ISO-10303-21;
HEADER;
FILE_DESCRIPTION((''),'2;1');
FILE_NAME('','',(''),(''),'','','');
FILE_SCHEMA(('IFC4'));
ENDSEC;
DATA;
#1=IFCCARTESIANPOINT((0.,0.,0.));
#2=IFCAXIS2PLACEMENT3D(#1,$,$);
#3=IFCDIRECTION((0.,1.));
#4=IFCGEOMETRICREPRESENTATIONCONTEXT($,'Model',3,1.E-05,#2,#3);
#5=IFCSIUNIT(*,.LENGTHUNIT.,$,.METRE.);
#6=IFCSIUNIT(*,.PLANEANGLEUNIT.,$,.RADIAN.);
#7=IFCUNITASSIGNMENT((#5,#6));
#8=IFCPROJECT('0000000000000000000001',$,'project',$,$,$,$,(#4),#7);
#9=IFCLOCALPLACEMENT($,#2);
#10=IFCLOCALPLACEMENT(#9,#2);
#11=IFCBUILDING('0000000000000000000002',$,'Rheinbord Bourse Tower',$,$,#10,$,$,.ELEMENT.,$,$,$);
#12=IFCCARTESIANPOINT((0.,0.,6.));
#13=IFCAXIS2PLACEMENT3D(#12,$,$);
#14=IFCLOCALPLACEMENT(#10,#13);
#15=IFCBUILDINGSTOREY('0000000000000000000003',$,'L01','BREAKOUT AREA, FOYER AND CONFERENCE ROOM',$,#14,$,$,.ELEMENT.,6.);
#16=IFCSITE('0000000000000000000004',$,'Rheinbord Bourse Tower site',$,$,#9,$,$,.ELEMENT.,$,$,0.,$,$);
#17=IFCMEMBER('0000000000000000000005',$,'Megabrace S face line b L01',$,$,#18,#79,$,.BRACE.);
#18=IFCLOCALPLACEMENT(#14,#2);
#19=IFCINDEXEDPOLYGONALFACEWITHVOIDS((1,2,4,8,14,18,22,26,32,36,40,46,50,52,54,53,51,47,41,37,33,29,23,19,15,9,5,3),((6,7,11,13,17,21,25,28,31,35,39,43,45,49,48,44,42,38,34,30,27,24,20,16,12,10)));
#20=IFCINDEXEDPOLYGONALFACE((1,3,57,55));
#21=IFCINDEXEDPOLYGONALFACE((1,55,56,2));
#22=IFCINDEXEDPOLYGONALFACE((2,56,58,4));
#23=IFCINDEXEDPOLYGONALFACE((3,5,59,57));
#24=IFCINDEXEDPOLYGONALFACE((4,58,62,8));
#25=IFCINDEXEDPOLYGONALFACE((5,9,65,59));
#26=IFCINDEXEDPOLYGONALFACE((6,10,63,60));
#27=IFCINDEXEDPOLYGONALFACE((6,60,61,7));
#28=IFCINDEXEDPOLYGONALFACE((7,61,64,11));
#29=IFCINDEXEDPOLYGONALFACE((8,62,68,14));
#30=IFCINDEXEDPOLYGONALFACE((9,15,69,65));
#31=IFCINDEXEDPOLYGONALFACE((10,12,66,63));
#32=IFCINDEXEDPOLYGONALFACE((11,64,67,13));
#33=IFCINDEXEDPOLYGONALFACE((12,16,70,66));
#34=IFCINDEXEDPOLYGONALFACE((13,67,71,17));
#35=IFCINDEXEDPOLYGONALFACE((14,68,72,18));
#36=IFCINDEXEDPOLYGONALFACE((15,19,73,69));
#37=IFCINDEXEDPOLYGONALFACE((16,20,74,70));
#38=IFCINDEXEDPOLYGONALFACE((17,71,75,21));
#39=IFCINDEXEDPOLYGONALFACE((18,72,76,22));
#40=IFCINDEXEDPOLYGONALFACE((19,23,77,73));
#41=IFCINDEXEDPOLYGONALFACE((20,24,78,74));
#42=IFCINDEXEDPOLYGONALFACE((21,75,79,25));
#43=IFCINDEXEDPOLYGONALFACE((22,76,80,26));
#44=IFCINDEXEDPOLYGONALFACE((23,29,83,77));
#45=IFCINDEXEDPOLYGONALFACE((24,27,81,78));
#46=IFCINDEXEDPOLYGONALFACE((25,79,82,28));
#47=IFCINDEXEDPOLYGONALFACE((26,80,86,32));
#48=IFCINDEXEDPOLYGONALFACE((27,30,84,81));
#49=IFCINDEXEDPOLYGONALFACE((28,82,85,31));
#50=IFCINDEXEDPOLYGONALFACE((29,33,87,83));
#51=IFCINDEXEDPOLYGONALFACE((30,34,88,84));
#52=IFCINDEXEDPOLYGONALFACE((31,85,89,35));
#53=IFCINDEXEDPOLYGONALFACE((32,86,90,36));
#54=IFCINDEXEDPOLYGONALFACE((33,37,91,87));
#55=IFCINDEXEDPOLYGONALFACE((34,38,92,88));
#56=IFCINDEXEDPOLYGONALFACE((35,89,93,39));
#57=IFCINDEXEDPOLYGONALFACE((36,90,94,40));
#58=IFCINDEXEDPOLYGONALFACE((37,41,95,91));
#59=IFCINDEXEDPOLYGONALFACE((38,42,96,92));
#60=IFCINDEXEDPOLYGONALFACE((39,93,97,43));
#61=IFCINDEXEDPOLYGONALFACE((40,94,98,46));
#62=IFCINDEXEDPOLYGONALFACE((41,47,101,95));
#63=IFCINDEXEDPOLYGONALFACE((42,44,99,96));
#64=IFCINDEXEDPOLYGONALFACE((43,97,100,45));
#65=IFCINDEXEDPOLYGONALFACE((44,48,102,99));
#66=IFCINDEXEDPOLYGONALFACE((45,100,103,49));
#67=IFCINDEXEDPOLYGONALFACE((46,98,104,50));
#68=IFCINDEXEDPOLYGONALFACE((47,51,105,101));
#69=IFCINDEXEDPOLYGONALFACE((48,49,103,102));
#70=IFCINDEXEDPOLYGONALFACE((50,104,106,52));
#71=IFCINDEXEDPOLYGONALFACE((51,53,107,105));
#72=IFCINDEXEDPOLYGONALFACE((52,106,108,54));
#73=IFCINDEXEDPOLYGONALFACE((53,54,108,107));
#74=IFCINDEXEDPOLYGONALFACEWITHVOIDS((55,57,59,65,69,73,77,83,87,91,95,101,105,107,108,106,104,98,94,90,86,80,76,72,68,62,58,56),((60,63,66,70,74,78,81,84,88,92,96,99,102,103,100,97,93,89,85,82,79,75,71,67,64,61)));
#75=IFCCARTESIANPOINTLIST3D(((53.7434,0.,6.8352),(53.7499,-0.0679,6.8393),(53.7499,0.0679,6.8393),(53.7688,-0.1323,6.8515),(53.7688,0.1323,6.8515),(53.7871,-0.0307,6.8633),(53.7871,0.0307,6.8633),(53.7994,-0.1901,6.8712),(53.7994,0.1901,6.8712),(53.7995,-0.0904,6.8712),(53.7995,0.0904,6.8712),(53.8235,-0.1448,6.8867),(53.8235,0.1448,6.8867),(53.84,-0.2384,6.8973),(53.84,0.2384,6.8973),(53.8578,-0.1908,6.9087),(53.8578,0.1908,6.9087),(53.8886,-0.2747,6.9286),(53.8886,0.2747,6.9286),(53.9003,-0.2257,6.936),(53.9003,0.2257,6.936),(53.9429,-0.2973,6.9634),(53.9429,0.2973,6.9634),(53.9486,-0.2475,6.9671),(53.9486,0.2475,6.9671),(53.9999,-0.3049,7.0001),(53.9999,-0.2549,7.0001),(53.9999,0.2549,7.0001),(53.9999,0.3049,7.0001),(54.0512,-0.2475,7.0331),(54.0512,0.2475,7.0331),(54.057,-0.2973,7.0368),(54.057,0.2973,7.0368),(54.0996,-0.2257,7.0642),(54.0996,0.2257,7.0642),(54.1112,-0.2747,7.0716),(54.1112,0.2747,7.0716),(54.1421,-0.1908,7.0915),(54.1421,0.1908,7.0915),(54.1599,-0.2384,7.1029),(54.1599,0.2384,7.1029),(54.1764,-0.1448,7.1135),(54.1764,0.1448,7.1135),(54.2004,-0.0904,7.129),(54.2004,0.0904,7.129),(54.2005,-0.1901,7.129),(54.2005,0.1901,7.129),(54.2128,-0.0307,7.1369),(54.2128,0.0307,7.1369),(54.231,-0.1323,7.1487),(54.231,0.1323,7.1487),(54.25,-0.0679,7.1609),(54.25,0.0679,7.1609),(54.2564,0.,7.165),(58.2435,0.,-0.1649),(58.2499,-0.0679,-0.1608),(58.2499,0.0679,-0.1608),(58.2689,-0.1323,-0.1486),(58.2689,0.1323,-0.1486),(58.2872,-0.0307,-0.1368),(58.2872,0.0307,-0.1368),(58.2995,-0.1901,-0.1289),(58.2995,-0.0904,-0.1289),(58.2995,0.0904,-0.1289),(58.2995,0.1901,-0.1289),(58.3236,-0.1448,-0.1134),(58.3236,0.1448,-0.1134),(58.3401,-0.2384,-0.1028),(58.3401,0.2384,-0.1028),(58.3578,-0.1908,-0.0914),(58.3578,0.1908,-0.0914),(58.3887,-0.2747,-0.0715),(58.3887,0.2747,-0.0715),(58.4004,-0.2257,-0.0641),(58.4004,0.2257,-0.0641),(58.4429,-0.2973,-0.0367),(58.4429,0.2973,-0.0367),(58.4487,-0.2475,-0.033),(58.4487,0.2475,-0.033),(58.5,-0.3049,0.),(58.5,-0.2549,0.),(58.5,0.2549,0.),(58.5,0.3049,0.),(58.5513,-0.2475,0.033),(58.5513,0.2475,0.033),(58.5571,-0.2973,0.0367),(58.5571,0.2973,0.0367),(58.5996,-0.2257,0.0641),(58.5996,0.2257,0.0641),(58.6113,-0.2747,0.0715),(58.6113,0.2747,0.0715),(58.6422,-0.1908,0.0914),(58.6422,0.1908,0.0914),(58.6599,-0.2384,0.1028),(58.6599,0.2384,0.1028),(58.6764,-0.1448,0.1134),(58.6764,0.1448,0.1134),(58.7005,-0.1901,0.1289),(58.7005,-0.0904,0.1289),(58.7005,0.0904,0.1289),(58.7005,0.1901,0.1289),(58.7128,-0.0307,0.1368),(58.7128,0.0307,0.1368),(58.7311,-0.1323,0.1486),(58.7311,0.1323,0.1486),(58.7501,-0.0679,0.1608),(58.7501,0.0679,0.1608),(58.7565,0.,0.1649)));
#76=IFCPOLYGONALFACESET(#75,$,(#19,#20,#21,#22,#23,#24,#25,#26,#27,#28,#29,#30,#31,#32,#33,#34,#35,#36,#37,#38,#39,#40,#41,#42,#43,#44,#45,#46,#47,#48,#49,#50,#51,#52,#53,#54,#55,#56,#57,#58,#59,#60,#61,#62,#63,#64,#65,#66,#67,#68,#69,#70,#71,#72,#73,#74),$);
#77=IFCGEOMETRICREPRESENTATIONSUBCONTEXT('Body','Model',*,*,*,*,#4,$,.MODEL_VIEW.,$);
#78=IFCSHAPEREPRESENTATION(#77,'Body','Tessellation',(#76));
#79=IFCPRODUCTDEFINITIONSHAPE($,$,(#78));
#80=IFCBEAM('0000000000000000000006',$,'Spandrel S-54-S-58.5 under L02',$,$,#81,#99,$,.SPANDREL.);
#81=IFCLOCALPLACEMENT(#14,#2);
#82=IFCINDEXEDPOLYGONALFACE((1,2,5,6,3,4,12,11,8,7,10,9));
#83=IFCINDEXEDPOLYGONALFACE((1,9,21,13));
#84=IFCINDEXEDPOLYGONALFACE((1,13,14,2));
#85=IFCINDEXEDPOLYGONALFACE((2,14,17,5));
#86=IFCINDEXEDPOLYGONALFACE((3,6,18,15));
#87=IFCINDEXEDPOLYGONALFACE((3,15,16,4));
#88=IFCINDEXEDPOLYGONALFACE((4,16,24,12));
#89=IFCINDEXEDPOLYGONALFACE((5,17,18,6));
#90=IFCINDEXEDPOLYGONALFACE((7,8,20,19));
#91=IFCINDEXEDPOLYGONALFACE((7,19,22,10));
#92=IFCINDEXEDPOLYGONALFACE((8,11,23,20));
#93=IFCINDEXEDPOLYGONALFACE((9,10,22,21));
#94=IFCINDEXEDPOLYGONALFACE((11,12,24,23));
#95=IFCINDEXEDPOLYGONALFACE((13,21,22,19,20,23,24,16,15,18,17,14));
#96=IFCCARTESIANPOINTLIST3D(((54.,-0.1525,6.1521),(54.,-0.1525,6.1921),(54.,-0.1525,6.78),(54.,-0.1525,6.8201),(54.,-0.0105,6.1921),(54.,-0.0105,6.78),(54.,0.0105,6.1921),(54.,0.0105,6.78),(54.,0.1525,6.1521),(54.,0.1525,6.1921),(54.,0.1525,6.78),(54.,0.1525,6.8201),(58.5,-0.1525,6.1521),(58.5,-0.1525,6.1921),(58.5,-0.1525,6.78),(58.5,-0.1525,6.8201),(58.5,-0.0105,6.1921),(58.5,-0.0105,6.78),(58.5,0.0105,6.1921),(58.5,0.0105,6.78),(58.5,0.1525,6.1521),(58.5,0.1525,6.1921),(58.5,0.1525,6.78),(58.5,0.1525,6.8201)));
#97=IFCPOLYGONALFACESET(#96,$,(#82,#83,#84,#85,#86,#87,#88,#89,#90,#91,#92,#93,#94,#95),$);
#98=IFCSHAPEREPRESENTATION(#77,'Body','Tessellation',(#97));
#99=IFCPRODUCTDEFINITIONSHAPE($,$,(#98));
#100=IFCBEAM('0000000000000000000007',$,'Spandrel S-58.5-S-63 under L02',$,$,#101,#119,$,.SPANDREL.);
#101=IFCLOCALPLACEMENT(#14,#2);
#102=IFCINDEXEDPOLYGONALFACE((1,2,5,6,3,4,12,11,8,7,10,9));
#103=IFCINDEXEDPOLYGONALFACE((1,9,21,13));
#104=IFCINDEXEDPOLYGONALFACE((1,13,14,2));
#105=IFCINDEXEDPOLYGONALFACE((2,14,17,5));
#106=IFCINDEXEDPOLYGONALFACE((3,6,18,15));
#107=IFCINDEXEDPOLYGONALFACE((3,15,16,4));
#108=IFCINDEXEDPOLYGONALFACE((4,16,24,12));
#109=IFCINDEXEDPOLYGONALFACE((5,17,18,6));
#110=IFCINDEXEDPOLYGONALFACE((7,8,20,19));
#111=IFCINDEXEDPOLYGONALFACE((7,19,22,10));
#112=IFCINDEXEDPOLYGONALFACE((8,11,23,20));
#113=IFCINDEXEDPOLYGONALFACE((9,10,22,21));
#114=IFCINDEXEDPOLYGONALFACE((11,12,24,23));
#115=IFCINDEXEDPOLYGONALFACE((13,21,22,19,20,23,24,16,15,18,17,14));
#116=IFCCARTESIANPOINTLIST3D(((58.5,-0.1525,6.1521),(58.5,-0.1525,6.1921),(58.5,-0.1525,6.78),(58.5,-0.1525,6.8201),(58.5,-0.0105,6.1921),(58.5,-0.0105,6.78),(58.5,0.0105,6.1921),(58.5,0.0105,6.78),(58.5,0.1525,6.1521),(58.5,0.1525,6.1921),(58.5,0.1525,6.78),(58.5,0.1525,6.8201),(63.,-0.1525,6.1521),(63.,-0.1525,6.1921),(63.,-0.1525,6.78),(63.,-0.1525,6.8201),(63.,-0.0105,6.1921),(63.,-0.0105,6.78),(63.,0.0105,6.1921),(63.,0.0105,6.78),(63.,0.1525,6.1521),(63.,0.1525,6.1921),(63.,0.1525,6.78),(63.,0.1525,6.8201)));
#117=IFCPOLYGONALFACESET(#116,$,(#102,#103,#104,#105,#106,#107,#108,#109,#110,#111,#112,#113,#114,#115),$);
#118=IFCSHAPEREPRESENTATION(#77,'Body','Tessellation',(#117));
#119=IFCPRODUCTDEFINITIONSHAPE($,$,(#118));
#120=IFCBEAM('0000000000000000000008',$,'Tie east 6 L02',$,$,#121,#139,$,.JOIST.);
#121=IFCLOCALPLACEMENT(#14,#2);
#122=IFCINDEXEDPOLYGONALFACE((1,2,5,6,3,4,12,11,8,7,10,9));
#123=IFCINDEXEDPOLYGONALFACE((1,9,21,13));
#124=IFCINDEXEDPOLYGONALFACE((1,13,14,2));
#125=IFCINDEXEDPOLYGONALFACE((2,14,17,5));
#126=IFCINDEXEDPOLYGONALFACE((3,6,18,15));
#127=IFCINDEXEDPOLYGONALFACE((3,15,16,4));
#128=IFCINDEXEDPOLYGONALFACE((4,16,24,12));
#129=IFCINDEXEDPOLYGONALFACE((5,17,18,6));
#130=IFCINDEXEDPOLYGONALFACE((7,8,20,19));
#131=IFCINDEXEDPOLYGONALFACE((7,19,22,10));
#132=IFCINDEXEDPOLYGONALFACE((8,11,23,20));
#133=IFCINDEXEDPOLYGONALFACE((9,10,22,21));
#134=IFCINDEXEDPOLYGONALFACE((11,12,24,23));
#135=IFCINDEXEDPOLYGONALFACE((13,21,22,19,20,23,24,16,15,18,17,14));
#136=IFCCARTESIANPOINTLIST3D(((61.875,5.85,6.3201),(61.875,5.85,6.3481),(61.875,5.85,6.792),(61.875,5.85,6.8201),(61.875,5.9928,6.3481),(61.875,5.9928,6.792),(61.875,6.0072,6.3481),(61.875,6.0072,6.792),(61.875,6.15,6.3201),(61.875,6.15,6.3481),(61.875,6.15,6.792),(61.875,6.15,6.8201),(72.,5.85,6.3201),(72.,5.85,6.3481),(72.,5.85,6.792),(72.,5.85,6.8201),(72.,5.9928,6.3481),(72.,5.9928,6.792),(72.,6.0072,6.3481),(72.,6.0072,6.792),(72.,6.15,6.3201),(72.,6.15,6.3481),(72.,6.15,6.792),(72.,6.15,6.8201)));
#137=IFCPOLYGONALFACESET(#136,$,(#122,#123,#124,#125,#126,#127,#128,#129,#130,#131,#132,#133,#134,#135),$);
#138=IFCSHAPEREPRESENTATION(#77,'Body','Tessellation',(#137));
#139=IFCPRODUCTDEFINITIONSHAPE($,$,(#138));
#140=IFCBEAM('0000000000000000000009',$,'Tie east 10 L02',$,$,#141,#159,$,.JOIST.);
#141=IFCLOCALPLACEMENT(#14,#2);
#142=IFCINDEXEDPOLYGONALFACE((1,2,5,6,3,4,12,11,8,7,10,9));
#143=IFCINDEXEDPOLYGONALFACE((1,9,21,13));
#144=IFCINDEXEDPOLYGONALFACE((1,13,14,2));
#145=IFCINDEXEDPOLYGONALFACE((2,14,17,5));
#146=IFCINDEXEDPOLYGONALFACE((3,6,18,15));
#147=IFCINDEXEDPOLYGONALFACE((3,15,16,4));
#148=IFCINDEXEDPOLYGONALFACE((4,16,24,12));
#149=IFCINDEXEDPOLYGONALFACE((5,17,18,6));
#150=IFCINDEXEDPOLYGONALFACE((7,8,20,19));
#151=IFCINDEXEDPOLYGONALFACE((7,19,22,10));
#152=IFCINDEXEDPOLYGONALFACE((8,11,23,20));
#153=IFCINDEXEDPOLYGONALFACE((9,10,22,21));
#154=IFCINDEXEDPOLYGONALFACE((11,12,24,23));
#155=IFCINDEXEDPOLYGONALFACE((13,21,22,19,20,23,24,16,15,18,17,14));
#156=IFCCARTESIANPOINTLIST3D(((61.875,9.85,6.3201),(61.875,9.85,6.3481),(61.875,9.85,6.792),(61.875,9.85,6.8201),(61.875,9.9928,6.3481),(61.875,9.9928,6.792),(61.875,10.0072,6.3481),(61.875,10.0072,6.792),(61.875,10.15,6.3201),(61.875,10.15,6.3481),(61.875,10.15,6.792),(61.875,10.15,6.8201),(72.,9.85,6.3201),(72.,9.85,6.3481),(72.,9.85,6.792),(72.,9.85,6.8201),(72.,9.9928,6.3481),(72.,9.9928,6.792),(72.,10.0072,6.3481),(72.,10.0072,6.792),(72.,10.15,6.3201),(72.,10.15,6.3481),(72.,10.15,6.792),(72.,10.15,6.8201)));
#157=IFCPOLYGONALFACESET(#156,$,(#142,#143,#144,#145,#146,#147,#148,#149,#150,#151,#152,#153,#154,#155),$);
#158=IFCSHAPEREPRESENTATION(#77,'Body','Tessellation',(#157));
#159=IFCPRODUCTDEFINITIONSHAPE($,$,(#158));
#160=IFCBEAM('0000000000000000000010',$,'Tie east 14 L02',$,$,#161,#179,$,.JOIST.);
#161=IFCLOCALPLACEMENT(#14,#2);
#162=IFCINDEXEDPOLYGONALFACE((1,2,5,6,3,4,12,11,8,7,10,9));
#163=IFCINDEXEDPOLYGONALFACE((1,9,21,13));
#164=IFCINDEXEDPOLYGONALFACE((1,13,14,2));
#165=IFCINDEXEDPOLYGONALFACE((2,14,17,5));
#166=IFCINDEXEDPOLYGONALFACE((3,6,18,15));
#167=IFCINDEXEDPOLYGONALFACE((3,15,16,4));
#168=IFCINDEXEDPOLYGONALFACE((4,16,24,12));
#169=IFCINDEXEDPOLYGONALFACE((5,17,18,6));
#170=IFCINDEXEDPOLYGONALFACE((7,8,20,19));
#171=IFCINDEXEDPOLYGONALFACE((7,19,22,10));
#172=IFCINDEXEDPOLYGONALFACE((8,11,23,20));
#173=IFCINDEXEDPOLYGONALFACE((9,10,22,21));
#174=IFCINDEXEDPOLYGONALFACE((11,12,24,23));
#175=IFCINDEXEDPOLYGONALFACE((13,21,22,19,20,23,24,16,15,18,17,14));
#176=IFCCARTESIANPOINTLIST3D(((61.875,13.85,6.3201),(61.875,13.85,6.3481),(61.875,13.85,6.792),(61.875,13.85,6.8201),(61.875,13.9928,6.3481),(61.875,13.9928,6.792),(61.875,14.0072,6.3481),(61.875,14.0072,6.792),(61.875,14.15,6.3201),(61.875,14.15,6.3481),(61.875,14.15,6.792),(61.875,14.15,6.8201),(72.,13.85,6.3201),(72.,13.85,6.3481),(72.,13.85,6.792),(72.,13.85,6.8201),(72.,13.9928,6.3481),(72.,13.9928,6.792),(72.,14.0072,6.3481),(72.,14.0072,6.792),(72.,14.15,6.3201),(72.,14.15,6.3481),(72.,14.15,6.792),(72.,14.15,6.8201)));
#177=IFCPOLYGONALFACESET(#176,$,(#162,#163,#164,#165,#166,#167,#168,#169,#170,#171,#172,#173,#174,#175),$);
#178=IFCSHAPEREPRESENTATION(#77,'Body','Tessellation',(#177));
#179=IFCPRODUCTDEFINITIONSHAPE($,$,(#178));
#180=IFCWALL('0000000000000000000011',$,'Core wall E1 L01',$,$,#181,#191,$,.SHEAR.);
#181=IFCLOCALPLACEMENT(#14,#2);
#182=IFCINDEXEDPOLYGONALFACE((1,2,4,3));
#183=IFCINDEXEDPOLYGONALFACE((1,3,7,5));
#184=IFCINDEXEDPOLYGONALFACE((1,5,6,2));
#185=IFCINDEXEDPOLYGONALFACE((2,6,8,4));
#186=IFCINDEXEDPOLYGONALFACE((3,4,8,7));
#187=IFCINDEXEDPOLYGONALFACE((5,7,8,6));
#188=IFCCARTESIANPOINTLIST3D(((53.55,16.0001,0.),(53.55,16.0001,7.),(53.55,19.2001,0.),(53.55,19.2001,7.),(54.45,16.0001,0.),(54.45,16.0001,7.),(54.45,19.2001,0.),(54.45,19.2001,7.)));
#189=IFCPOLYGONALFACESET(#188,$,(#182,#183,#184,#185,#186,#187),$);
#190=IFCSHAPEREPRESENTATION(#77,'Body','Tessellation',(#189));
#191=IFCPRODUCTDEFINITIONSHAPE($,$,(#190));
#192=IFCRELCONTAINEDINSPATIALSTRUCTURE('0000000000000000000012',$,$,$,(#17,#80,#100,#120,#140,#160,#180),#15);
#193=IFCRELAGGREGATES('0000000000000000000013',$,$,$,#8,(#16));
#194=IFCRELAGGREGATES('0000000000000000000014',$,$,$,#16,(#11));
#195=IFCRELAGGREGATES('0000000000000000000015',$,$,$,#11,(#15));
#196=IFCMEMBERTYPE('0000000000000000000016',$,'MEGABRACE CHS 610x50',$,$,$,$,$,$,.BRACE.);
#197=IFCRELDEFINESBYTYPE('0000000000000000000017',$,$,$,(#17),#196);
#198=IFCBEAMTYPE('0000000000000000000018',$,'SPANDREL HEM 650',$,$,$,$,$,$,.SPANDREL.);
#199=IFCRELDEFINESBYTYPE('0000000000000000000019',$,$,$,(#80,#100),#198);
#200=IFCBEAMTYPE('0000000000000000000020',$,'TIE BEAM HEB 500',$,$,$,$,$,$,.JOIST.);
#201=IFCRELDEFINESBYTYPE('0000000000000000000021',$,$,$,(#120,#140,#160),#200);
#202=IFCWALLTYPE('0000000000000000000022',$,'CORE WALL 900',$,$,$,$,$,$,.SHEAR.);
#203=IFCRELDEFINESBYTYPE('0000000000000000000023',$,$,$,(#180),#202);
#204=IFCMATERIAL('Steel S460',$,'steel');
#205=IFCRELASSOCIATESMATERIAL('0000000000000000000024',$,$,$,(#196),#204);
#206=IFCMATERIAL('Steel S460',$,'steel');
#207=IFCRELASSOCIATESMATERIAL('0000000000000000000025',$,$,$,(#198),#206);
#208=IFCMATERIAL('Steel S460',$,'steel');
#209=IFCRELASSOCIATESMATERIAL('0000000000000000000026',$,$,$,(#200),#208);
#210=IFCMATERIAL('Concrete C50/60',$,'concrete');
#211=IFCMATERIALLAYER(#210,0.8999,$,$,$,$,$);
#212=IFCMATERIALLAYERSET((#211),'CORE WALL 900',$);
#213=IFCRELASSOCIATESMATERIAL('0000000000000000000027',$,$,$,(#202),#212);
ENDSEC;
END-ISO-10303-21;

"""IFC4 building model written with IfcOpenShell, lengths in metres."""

from ifc_helpers import new_model, si_unit, direction, frame, frame_2d, origin, origin_2d, place, context, subcontext, project, spatial, rectangle, hollow_circle, i_section, extrude, material, layer, layer_set, material_profile, profile_set, type_object, element, save


model = new_model("IFC4")

# Units and contexts
model_context = context("Model", 3, precision=1e-05, world=origin(), true_north=direction((0.0, 1.0)))
body_context = subcontext(model_context, "Body", "Model", "MODEL_VIEW")
ifc_project = project(units=[si_unit("LENGTHUNIT", "METRE"), si_unit("PLANEANGLEUNIT", "RADIAN")], contexts=[model_context])

# Site, building, storey
site_placement = place(None, origin())
site = spatial("IfcSite", under=ifc_project, at=site_placement, Name="Rheinbord Bourse Tower site", CompositionType="ELEMENT", RefElevation=0.0)
building_placement = place(site_placement, origin())
building = spatial("IfcBuilding", under=site, at=building_placement, Name="Rheinbord Bourse Tower", CompositionType="ELEMENT")
storey_placement = place(building_placement, frame((0.0, 0.0, 6.0)))
storey = spatial("IfcBuildingStorey", under=building, at=storey_placement, Name="L01", Description="BREAKOUT AREA, FOYER AND CONFERENCE ROOM", CompositionType="ELEMENT", Elevation=6.0)

# Member
ifc_material_1 = material(Name="Steel S460", Category="steel")
ifc_material_profile_1 = material_profile(ifc_material_1, hollow_circle(Radius=0.3049, WallThickness=0.05, at=origin_2d()), Name="CHS 610x50")
ifc_profile_set_1 = profile_set([ifc_material_profile_1], Name="Steel S460")
member_type = type_object("IfcMemberType", Name="MEGABRACE CHS 610x50", PredefinedType="BRACE", material=ifc_profile_set_1)
member_placement = place(storey_placement, frame((58.5, 0.0, 0.0), z_axis=(-0.540758, 0.0, 0.841178), x_axis=(0.0, -1.0, 0.0)))
element("IfcMember", 1, at=member_placement, inside=storey, type_object=member_type, Name="Megabrace S face line b L01", PredefinedType="BRACE", context=body_context, shape_type="SweptSolid", body=[
    extrude(hollow_circle(Radius=0.3049, WallThickness=0.05, at=origin_2d()), origin(), (0.0, 0.0, 1.0), 8.3218),
])

# Beams
ifc_material_2 = material(Name="Steel S460", Category="steel")
ifc_material_profile_2 = material_profile(ifc_material_2, i_section(OverallWidth=0.3049, OverallDepth=0.668, WebThickness=0.021, FlangeThickness=0.04, at=origin_2d()), Name="HEM 650")
ifc_profile_set_2 = profile_set([ifc_material_profile_2], Name="Steel S460")
beam_type_1 = type_object("IfcBeamType", Name="SPANDREL HEM 650", PredefinedType="SPANDREL", material=ifc_profile_set_2)
for number, where, z_axis, x_axis, name in (
    (2, (54.0, 0.0, 6.4861), (1.0, 0.0, 0.0), (0.0, 1.0, 0.0), "Spandrel S-54-S-58.5 under L02"),
    (3, (58.5, 0.0, 6.4861), (1.0, 0.0, 0.0), (0.0, 1.0, 0.0), "Spandrel S-58.5-S-63 under L02"),
):
    element("IfcBeam", number, at=place(storey_placement, frame(where, z_axis=z_axis, x_axis=x_axis)), inside=storey, type_object=beam_type_1, Name=name, PredefinedType="SPANDREL", context=body_context, shape_type="SweptSolid", body=[
        extrude(i_section(OverallWidth=0.3049, OverallDepth=0.668, WebThickness=0.021, FlangeThickness=0.04, at=origin_2d()), origin(), (0.0, 0.0, 1.0), 4.5),
    ])
ifc_material_3 = material(Name="Steel S460", Category="steel")
ifc_material_profile_3 = material_profile(ifc_material_3, i_section(OverallWidth=0.3, OverallDepth=0.5, WebThickness=0.0144, FlangeThickness=0.0281, at=origin_2d()), Name="HEB 500")
ifc_profile_set_3 = profile_set([ifc_material_profile_3], Name="Steel S460")
beam_type_2 = type_object("IfcBeamType", Name="TIE BEAM HEB 500", PredefinedType="JOIST", material=ifc_profile_set_3)
for number, where, z_axis, x_axis, name in (
    (4, (61.875, 6.0, 6.5701), (1.0, 0.0, 0.0), (0.0, 1.0, 0.0), "Tie east 6 L02"),
    (5, (61.875, 10.0, 6.5701), (1.0, 0.0, 0.0), (0.0, 1.0, 0.0), "Tie east 10 L02"),
    (6, (61.875, 14.0, 6.5701), (1.0, 0.0, 0.0), (0.0, 1.0, 0.0), "Tie east 14 L02"),
):
    element("IfcBeam", number, at=place(storey_placement, frame(where, z_axis=z_axis, x_axis=x_axis)), inside=storey, type_object=beam_type_2, Name=name, PredefinedType="JOIST", context=body_context, shape_type="SweptSolid", body=[
        extrude(i_section(OverallWidth=0.3, OverallDepth=0.5, WebThickness=0.0144, FlangeThickness=0.0281, at=origin_2d()), origin(), (0.0, 0.0, 1.0), 10.125),
    ])

# Wall
ifc_material_4 = material(Name="Concrete C50/60", Category="concrete")
ifc_layer_1 = layer(ifc_material_4, 0.8999)
ifc_layer_set_1 = layer_set([ifc_layer_1], Name="CORE WALL 900")
wall_type_1 = type_object("IfcWallType", Name="CORE WALL 900", PredefinedType="SHEAR", material=ifc_layer_set_1)
wall_1_placement = place(storey_placement, frame((54.0, 16.0, 0.0), z_axis=(0.0, 0.0, 1.0), x_axis=(0.0, 1.0, 0.0)))
element("IfcWall", 7, at=wall_1_placement, inside=storey, type_object=wall_type_1, Name="Core wall E1 L01", PredefinedType="SHEAR", context=body_context, shape_type="SweptSolid", body=[
    extrude(rectangle(XDim=3.2, YDim=0.8999, at=frame_2d((1.6001, 0.0))), origin(), (0.0, 0.0, 1.0), 7.0),
])

save(model, "model.ifc")
